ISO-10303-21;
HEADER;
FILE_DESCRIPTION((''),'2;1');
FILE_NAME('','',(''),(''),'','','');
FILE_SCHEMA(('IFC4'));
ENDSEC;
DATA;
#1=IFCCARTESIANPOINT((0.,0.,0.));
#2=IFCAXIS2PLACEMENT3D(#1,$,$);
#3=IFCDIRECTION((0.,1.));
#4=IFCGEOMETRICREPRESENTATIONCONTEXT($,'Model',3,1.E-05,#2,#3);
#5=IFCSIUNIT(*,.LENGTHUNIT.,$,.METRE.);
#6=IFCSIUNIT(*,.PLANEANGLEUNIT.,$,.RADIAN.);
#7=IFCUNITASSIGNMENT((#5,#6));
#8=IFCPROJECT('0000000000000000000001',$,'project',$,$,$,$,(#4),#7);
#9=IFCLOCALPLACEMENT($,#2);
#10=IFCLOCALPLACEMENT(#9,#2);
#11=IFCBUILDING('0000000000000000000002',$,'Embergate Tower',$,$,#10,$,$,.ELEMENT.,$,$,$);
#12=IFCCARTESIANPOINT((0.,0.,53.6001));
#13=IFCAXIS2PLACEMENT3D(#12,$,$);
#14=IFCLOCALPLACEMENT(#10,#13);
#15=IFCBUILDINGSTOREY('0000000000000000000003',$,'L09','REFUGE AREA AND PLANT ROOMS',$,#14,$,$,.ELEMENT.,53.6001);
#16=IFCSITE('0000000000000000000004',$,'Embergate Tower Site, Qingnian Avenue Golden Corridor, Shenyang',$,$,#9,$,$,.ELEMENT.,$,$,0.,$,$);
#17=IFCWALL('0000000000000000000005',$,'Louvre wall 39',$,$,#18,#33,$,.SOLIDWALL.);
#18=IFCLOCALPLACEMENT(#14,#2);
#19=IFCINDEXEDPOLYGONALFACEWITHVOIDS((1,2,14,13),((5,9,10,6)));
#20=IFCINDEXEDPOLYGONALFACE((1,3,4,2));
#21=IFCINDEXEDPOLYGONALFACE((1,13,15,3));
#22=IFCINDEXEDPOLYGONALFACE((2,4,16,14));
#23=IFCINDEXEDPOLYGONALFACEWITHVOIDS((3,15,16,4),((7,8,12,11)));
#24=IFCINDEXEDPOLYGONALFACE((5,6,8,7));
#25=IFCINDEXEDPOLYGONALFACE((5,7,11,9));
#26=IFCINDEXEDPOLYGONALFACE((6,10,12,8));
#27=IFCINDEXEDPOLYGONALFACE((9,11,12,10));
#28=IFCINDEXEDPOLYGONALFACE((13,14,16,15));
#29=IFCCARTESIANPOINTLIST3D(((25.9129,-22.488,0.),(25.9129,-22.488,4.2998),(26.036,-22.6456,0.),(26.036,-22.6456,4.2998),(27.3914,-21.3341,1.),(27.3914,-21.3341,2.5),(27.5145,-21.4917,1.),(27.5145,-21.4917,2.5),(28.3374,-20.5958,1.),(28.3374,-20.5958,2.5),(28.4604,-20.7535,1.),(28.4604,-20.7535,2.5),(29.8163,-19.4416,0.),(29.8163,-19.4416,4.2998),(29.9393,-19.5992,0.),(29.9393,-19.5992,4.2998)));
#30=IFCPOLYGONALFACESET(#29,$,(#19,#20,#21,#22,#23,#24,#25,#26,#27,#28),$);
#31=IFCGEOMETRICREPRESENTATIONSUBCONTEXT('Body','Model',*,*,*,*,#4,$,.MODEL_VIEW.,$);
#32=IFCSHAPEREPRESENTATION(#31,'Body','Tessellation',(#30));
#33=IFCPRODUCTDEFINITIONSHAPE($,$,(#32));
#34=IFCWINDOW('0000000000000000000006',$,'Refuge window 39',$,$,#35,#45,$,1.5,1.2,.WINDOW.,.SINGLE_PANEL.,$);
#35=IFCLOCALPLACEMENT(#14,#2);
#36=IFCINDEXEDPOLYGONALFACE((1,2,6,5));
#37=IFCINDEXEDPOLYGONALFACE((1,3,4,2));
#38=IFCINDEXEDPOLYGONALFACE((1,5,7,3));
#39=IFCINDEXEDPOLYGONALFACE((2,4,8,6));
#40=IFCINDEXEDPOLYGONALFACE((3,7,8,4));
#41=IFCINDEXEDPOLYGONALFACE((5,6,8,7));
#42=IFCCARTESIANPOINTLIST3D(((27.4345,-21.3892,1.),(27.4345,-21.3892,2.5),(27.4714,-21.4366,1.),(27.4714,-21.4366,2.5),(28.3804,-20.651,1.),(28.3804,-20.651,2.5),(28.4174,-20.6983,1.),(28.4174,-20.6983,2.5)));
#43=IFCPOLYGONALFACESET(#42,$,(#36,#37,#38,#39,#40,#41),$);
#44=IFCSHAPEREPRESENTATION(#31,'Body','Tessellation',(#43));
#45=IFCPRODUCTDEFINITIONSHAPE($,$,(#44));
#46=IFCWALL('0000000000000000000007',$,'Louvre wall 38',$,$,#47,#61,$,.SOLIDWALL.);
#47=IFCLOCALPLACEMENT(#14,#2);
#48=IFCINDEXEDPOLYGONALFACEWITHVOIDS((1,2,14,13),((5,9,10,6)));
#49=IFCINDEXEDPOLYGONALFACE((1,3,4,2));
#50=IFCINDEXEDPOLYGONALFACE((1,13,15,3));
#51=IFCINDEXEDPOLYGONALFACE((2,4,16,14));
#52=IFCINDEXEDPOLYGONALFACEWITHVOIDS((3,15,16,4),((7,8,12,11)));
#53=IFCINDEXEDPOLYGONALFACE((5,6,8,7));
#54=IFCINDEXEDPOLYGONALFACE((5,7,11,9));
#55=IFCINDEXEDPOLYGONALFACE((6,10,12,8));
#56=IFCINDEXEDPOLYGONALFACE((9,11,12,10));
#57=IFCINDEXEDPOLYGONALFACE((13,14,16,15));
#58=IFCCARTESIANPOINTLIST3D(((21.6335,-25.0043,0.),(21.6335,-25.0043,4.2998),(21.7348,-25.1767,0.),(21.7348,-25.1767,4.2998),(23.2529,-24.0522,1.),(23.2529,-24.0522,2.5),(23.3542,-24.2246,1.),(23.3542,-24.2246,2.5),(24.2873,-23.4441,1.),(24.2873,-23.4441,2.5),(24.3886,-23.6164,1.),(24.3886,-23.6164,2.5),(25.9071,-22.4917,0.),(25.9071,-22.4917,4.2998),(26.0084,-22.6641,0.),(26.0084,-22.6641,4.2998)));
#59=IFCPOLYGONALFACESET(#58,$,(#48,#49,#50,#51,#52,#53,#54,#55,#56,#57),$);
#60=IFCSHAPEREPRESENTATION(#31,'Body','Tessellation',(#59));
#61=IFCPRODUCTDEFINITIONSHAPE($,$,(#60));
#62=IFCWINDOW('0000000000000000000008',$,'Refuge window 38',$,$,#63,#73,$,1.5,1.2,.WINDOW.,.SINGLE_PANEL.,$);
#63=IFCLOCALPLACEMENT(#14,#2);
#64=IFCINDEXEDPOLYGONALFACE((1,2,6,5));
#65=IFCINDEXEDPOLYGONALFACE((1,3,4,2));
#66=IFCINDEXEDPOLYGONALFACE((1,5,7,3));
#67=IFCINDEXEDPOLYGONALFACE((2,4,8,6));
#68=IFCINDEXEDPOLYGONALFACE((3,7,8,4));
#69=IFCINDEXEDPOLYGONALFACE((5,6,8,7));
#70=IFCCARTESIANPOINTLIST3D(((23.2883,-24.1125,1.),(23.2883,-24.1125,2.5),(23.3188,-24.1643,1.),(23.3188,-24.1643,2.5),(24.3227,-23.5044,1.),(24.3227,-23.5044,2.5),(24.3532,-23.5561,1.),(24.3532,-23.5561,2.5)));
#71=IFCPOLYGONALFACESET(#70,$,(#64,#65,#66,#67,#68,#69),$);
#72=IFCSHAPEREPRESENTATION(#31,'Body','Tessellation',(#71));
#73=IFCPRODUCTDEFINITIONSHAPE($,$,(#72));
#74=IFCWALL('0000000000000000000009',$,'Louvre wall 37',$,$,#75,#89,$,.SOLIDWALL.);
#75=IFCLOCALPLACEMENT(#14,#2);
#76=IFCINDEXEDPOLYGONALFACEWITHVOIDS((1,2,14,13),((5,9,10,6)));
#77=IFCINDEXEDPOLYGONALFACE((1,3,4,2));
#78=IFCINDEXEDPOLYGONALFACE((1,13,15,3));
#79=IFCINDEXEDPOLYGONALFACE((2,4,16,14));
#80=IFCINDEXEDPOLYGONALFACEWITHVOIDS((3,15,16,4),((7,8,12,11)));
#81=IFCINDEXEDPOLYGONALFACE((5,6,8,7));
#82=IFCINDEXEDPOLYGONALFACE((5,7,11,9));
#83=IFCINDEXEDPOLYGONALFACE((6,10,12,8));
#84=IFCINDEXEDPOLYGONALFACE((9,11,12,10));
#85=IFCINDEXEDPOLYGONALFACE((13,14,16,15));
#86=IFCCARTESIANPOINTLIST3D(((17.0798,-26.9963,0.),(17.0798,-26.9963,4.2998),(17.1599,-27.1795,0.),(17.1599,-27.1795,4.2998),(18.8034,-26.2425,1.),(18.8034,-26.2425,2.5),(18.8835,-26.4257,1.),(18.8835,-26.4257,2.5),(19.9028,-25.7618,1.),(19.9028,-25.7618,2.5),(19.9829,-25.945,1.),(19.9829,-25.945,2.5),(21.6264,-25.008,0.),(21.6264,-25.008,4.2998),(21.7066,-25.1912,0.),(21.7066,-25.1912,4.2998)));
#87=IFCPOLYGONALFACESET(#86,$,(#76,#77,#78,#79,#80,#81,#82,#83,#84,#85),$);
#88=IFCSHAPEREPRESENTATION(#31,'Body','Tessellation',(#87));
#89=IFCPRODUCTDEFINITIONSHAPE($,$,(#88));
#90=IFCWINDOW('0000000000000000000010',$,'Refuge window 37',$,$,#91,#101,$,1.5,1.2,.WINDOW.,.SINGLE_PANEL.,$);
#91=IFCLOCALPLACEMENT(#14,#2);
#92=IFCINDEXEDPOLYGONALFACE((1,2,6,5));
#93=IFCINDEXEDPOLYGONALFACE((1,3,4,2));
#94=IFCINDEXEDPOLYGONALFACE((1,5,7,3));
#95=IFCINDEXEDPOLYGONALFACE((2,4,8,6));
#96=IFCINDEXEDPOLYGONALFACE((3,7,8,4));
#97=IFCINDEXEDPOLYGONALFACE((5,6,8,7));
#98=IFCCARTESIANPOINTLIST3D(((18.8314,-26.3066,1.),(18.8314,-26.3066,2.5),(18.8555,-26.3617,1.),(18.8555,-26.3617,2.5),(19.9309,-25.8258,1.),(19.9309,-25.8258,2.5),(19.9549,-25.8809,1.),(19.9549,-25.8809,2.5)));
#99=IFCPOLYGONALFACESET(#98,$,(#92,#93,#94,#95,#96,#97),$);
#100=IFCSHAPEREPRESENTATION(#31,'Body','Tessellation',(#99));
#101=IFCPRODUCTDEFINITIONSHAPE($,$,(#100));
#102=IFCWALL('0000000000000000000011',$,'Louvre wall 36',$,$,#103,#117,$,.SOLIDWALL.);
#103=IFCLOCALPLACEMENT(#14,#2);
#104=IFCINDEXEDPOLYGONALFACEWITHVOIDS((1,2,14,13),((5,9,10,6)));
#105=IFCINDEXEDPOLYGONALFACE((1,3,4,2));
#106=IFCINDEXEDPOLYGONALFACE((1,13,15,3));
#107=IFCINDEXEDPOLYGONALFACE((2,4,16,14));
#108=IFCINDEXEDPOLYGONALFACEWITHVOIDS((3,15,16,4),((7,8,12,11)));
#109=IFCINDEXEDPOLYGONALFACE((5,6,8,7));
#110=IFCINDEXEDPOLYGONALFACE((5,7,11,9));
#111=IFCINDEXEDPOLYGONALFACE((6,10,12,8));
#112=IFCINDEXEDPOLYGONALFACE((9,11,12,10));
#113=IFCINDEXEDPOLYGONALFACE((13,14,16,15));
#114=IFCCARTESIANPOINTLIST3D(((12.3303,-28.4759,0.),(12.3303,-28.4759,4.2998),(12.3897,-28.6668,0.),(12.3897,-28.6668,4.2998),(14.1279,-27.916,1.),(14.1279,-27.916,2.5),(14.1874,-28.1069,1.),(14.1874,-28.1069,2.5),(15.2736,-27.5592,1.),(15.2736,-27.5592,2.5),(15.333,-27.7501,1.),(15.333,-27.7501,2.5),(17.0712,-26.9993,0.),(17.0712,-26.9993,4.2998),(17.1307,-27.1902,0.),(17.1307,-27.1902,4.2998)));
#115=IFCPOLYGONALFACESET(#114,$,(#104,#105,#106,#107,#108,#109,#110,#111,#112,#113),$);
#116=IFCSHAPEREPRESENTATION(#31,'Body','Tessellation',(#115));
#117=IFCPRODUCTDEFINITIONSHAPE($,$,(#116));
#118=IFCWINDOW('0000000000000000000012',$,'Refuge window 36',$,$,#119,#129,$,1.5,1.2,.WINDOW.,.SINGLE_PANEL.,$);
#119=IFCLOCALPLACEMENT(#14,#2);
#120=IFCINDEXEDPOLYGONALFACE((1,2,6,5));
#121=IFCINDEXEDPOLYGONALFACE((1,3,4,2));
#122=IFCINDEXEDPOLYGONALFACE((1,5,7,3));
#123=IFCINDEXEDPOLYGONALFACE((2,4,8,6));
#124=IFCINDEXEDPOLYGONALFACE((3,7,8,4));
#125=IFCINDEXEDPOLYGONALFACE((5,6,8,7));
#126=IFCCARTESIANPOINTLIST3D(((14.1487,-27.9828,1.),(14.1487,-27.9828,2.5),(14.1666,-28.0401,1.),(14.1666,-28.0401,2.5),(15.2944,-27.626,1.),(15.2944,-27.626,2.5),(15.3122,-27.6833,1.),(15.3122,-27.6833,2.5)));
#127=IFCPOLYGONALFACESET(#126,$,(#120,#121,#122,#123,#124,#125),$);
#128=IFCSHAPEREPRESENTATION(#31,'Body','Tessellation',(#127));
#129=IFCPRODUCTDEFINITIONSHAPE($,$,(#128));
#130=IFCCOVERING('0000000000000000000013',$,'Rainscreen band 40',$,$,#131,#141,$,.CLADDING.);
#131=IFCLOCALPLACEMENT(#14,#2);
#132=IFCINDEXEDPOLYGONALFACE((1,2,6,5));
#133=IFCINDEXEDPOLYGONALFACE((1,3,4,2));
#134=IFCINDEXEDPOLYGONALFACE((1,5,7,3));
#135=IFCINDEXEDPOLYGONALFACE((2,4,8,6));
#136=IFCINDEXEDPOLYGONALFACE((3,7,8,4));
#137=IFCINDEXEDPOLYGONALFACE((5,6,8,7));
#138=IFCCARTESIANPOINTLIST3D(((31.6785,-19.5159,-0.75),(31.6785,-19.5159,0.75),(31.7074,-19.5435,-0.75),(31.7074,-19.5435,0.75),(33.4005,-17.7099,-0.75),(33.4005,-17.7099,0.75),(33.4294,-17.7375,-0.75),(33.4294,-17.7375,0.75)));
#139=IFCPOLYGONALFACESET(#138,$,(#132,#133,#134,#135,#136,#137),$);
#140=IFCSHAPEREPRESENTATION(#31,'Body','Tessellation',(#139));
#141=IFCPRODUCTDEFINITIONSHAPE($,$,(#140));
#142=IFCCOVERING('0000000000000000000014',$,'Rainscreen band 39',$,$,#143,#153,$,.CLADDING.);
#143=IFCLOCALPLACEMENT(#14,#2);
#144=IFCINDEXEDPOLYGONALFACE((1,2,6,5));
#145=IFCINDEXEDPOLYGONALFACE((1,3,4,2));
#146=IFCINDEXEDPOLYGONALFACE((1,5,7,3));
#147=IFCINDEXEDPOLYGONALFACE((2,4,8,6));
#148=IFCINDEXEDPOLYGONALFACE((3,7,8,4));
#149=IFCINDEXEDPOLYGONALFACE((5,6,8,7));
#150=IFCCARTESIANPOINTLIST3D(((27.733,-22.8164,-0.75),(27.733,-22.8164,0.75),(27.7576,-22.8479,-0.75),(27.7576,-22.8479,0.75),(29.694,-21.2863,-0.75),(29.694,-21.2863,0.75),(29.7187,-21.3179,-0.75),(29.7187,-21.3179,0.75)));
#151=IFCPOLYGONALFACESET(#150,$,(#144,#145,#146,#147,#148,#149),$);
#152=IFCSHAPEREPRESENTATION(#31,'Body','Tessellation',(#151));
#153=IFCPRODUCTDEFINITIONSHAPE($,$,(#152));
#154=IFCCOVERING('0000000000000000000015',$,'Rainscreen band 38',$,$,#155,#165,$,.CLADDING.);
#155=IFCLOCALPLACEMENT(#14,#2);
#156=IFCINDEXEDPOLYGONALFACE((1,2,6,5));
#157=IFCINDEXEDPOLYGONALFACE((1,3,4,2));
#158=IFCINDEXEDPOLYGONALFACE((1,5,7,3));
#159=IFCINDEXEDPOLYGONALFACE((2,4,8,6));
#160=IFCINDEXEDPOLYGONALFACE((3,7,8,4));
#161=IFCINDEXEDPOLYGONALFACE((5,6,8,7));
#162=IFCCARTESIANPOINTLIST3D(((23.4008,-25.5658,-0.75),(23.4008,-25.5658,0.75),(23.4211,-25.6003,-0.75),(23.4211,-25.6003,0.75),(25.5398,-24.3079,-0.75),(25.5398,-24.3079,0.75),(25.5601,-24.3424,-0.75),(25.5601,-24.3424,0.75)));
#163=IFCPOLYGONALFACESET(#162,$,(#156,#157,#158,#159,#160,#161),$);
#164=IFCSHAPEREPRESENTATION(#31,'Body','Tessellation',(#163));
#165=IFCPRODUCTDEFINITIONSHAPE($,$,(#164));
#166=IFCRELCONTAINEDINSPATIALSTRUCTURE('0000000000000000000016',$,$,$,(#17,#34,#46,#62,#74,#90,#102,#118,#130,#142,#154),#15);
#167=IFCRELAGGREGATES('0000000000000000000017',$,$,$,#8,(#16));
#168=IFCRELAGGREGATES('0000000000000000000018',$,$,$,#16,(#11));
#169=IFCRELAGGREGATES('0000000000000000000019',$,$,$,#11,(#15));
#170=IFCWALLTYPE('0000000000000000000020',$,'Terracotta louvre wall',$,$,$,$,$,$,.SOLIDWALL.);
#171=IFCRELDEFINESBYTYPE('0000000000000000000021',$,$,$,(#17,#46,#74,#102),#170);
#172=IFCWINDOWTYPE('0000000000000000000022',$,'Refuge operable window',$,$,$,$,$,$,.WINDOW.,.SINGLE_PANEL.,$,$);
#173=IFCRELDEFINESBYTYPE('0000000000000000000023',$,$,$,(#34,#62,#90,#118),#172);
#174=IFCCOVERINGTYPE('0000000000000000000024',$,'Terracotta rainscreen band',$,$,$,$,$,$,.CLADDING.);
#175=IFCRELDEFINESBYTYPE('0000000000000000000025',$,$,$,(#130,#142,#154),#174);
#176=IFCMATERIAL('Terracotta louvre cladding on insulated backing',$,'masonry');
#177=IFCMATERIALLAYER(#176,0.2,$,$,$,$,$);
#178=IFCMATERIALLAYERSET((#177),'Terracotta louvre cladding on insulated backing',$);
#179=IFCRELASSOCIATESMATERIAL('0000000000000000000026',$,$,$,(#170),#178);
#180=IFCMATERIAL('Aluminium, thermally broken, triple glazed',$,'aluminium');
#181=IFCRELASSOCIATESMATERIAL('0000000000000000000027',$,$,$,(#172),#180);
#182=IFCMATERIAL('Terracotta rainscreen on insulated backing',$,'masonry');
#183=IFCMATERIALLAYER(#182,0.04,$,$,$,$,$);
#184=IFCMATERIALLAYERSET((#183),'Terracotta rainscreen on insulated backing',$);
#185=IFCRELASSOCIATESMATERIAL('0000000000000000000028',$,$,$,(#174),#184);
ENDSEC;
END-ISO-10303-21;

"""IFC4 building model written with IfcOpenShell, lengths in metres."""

from ifc_helpers import new_model, si_unit, direction, frame, frame_2d, origin, origin_2d, place, context, subcontext, project, spatial, rectangle, extrude, source, transform, mapped, material, layer, layer_set, type_object, element, fill, save


model = new_model("IFC4")

# Units and contexts
model_context = context("Model", 3, precision=1e-05, world=origin(), true_north=direction((0.0, 1.0)))
body_context = subcontext(model_context, "Body", "Model", "MODEL_VIEW")
ifc_project = project(units=[si_unit("LENGTHUNIT", "METRE"), si_unit("PLANEANGLEUNIT", "RADIAN")], contexts=[model_context])

# Site, building, storey
site_placement = place(None, origin())
site = spatial("IfcSite", under=ifc_project, at=site_placement, Name="Embergate Tower Site, Qingnian Avenue Golden Corridor, Shenyang", CompositionType="ELEMENT", RefElevation=0.0)
building_placement = place(site_placement, origin())
building = spatial("IfcBuilding", under=site, at=building_placement, Name="Embergate Tower", CompositionType="ELEMENT")
storey_placement = place(building_placement, frame((0.0, 0.0, 53.6001)))
storey = spatial("IfcBuildingStorey", under=building, at=storey_placement, Name="L09", Description="REFUGE AREA AND PLANT ROOMS", CompositionType="ELEMENT", Elevation=53.6001)

# Walls, openings, windows
ifc_material_1 = material(Name="Terracotta louvre cladding on insulated backing", Category="masonry")
ifc_layer_1 = layer(ifc_material_1, 0.2)
ifc_layer_set_1 = layer_set([ifc_layer_1], Name="Terracotta louvre cladding on insulated backing")
wall_type = type_object("IfcWallType", Name="Terracotta louvre wall", PredefinedType="SOLIDWALL", material=ifc_layer_set_1)
shared_shape_1 = source(origin(), body_context, "Body", "SweptSolid", [
    extrude(rectangle(XDim=4.9514, YDim=0.2, at=frame_2d((2.4756, 0.0))), origin(), (0.0, 0.0, 1.0), 4.2998),
])
wall_1_placement = place(storey_placement, frame((29.8777, -19.5205, 0.0), z_axis=(0.0, 0.0, 1.0), x_axis=(-0.788326, -0.615257, 0.0)))
wall_1 = element("IfcWall", 1, at=wall_1_placement, inside=storey, type_object=wall_type, Name="Louvre wall 39", PredefinedType="SOLIDWALL", context=body_context, shape_type="MappedRepresentation", body=[
    mapped(shared_shape_1, transform((0.0, 0.0, 0.0))),
])
shared_shape_2 = source(origin(), body_context, "Body", "SweptSolid", [
    extrude(rectangle(XDim=1.2, YDim=1.5, at=frame_2d((0.6001, 0.75))), frame((0.0, 0.1099, 0.0), z_axis=(0.0, -1.0, 0.0), x_axis=(1.0, 0.0, 0.0)), (0.0, 0.0, 1.0), 0.22),
])
opening_1_placement = place(wall_1_placement, frame((1.8757, 0.0, 1.0)))
opening_1 = element("IfcOpeningElement", 2, at=opening_1_placement, cuts=wall_1, PredefinedType="OPENING", context=body_context, shape_type="MappedRepresentation", body=[
    mapped(shared_shape_2, transform((0.0, 0.0, 0.0))),
])
ifc_material_2 = material(Name="Aluminium, thermally broken, triple glazed", Category="aluminium")
window_type = type_object("IfcWindowType", Name="Refuge operable window", PartitioningType="SINGLE_PANEL", PredefinedType="WINDOW", material=ifc_material_2)
shared_shape_3 = source(origin(), body_context, "Body", "SweptSolid", [
    extrude(rectangle(XDim=1.2, YDim=1.5, at=frame_2d((0.6001, 0.75))), frame((0.0, 0.03, 0.0), z_axis=(0.0, -1.0, 0.0), x_axis=(1.0, 0.0, 0.0)), (0.0, 0.0, 1.0), 0.0601),
])
window_1_placement = place(opening_1_placement, origin())
window_1 = element("IfcWindow", 3, at=window_1_placement, inside=storey, type_object=window_type, Name="Refuge window 39", OverallHeight=1.5, OverallWidth=1.2, PartitioningType="SINGLE_PANEL", PredefinedType="WINDOW", context=body_context, shape_type="MappedRepresentation", body=[
    mapped(shared_shape_3, transform((0.0, 0.0, 0.0))),
])
fill(opening_1, window_1)
shared_shape_4 = source(origin(), body_context, "Body", "SweptSolid", [
    extrude(rectangle(XDim=4.9575, YDim=0.2, at=frame_2d((2.4788, 0.0))), origin(), (0.0, 0.0, 1.0), 4.2998),
])
wall_2_placement = place(storey_placement, frame((25.9578, -22.5779, 0.0), z_axis=(0.0, 0.0, 1.0), x_axis=(-0.862043, -0.506835, 0.0)))
wall_2 = element("IfcWall", 4, at=wall_2_placement, inside=storey, type_object=wall_type, Name="Louvre wall 38", PredefinedType="SOLIDWALL", context=body_context, shape_type="MappedRepresentation", body=[
    mapped(shared_shape_4, transform((0.0, 0.0, 0.0))),
])
opening_2_placement = place(wall_2_placement, frame((1.8789, 0.0, 1.0)))
opening_2 = element("IfcOpeningElement", 5, at=opening_2_placement, cuts=wall_2, PredefinedType="OPENING", context=body_context, shape_type="MappedRepresentation", body=[
    mapped(shared_shape_2, transform((0.0, 0.0, 0.0))),
])
window_2_placement = place(opening_2_placement, origin())
window_2 = element("IfcWindow", 6, at=window_2_placement, inside=storey, type_object=window_type, Name="Refuge window 38", OverallHeight=1.5, OverallWidth=1.2, PartitioningType="SINGLE_PANEL", PredefinedType="WINDOW", context=body_context, shape_type="MappedRepresentation", body=[
    mapped(shared_shape_3, transform((0.0, 0.0, 0.0))),
])
fill(opening_2, window_2)
shared_shape_5 = source(origin(), body_context, "Body", "SweptSolid", [
    extrude(rectangle(XDim=4.9624, YDim=0.2, at=frame_2d((2.4812, 0.0))), origin(), (0.0, 0.0, 1.0), 4.2998),
])
wall_3_placement = place(storey_placement, frame((21.6665, -25.0996, 0.0), z_axis=(0.0, 0.0, 1.0), x_axis=(-0.916222, -0.400672, 0.0)))
wall_3 = element("IfcWall", 7, at=wall_3_placement, inside=storey, type_object=wall_type, Name="Louvre wall 37", PredefinedType="SOLIDWALL", context=body_context, shape_type="MappedRepresentation", body=[
    mapped(shared_shape_5, transform((0.0, 0.0, 0.0))),
])
opening_3_placement = place(wall_3_placement, frame((1.8811, 0.0, 1.0)))
opening_3 = element("IfcOpeningElement", 8, at=opening_3_placement, cuts=wall_3, PredefinedType="OPENING", context=body_context, shape_type="MappedRepresentation", body=[
    mapped(shared_shape_2, transform((0.0, 0.0, 0.0))),
])
window_3_placement = place(opening_3_placement, origin())
window_3 = element("IfcWindow", 9, at=window_3_placement, inside=storey, type_object=window_type, Name="Refuge window 37", OverallHeight=1.5, OverallWidth=1.2, PartitioningType="SINGLE_PANEL", PredefinedType="WINDOW", context=body_context, shape_type="MappedRepresentation", body=[
    mapped(shared_shape_3, transform((0.0, 0.0, 0.0))),
])
fill(opening_3, window_3)
shared_shape_6 = source(origin(), body_context, "Body", "SweptSolid", [
    extrude(rectangle(XDim=4.9656, YDim=0.2, at=frame_2d((2.4829, 0.0))), origin(), (0.0, 0.0, 1.0), 4.2998),
])
wall_4_placement = place(storey_placement, frame((17.1011, -27.0947, 0.0), z_axis=(0.0, 0.0, 1.0), x_axis=(-0.954766, -0.297359, 0.0)))
wall_4 = element("IfcWall", 10, at=wall_4_placement, inside=storey, type_object=wall_type, Name="Louvre wall 36", PredefinedType="SOLIDWALL", context=body_context, shape_type="MappedRepresentation", body=[
    mapped(shared_shape_6, transform((0.0, 0.0, 0.0))),
])
opening_4_placement = place(wall_4_placement, frame((1.8828, 0.0, 1.0)))
opening_4 = element("IfcOpeningElement", 11, at=opening_4_placement, cuts=wall_4, PredefinedType="OPENING", context=body_context, shape_type="MappedRepresentation", body=[
    mapped(shared_shape_2, transform((0.0, 0.0, 0.0))),
])
window_4_placement = place(opening_4_placement, origin())
window_4 = element("IfcWindow", 12, at=window_4_placement, inside=storey, type_object=window_type, Name="Refuge window 36", OverallHeight=1.5, OverallWidth=1.2, PartitioningType="SINGLE_PANEL", PredefinedType="WINDOW", context=body_context, shape_type="MappedRepresentation", body=[
    mapped(shared_shape_3, transform((0.0, 0.0, 0.0))),
])
fill(opening_4, window_4)

# Coverings
ifc_material_3 = material(Name="Terracotta rainscreen on insulated backing", Category="masonry")
ifc_layer_2 = layer(ifc_material_3, 0.04)
ifc_layer_set_2 = layer_set([ifc_layer_2], Name="Terracotta rainscreen on insulated backing")
covering_type = type_object("IfcCoveringType", Name="Terracotta rainscreen band", PredefinedType="CLADDING", material=ifc_layer_set_2)
shared_shape_7 = source(origin(), body_context, "Body", "SweptSolid", [
    extrude(rectangle(XDim=2.4954, YDim=0.04, at=origin_2d()), origin(), (0.0, 0.0, 1.0), 1.5),
])
covering_1_placement = place(storey_placement, frame((32.554, -18.6267, -0.75), z_axis=(0.0, 0.0, 1.0), x_axis=(0.690076, 0.723737, 0.0)))
element("IfcCovering", 13, at=covering_1_placement, inside=storey, type_object=covering_type, Name="Rainscreen band 40", PredefinedType="CLADDING", context=body_context, shape_type="MappedRepresentation", body=[
    mapped(shared_shape_7, transform((0.0, 0.0, 0.0))),
])
shared_shape_8 = source(origin(), body_context, "Body", "SweptSolid", [
    extrude(rectangle(XDim=2.4873, YDim=0.04, at=origin_2d()), origin(), (0.0, 0.0, 1.0), 1.5),
])
covering_2_placement = place(storey_placement, frame((28.7258, -22.0671, -0.75), z_axis=(0.0, 0.0, 1.0), x_axis=(0.78842, 0.615137, 0.0)))
element("IfcCovering", 14, at=covering_2_placement, inside=storey, type_object=covering_type, Name="Rainscreen band 39", PredefinedType="CLADDING", context=body_context, shape_type="MappedRepresentation", body=[
    mapped(shared_shape_8, transform((0.0, 0.0, 0.0))),
])
shared_shape_9 = source(origin(), body_context, "Body", "SweptSolid", [
    extrude(rectangle(XDim=2.4814, YDim=0.04, at=origin_2d()), origin(), (0.0, 0.0, 1.0), 1.5),
])
covering_3_placement = place(storey_placement, frame((24.4805, -24.9541, -0.75), z_axis=(0.0, 0.0, 1.0), x_axis=(0.861975, 0.50695, 0.0)))
element("IfcCovering", 15, at=covering_3_placement, inside=storey, type_object=covering_type, Name="Rainscreen band 38", PredefinedType="CLADDING", context=body_context, shape_type="MappedRepresentation", body=[
    mapped(shared_shape_9, transform((0.0, 0.0, 0.0))),
])

save(model, "model.ifc")
